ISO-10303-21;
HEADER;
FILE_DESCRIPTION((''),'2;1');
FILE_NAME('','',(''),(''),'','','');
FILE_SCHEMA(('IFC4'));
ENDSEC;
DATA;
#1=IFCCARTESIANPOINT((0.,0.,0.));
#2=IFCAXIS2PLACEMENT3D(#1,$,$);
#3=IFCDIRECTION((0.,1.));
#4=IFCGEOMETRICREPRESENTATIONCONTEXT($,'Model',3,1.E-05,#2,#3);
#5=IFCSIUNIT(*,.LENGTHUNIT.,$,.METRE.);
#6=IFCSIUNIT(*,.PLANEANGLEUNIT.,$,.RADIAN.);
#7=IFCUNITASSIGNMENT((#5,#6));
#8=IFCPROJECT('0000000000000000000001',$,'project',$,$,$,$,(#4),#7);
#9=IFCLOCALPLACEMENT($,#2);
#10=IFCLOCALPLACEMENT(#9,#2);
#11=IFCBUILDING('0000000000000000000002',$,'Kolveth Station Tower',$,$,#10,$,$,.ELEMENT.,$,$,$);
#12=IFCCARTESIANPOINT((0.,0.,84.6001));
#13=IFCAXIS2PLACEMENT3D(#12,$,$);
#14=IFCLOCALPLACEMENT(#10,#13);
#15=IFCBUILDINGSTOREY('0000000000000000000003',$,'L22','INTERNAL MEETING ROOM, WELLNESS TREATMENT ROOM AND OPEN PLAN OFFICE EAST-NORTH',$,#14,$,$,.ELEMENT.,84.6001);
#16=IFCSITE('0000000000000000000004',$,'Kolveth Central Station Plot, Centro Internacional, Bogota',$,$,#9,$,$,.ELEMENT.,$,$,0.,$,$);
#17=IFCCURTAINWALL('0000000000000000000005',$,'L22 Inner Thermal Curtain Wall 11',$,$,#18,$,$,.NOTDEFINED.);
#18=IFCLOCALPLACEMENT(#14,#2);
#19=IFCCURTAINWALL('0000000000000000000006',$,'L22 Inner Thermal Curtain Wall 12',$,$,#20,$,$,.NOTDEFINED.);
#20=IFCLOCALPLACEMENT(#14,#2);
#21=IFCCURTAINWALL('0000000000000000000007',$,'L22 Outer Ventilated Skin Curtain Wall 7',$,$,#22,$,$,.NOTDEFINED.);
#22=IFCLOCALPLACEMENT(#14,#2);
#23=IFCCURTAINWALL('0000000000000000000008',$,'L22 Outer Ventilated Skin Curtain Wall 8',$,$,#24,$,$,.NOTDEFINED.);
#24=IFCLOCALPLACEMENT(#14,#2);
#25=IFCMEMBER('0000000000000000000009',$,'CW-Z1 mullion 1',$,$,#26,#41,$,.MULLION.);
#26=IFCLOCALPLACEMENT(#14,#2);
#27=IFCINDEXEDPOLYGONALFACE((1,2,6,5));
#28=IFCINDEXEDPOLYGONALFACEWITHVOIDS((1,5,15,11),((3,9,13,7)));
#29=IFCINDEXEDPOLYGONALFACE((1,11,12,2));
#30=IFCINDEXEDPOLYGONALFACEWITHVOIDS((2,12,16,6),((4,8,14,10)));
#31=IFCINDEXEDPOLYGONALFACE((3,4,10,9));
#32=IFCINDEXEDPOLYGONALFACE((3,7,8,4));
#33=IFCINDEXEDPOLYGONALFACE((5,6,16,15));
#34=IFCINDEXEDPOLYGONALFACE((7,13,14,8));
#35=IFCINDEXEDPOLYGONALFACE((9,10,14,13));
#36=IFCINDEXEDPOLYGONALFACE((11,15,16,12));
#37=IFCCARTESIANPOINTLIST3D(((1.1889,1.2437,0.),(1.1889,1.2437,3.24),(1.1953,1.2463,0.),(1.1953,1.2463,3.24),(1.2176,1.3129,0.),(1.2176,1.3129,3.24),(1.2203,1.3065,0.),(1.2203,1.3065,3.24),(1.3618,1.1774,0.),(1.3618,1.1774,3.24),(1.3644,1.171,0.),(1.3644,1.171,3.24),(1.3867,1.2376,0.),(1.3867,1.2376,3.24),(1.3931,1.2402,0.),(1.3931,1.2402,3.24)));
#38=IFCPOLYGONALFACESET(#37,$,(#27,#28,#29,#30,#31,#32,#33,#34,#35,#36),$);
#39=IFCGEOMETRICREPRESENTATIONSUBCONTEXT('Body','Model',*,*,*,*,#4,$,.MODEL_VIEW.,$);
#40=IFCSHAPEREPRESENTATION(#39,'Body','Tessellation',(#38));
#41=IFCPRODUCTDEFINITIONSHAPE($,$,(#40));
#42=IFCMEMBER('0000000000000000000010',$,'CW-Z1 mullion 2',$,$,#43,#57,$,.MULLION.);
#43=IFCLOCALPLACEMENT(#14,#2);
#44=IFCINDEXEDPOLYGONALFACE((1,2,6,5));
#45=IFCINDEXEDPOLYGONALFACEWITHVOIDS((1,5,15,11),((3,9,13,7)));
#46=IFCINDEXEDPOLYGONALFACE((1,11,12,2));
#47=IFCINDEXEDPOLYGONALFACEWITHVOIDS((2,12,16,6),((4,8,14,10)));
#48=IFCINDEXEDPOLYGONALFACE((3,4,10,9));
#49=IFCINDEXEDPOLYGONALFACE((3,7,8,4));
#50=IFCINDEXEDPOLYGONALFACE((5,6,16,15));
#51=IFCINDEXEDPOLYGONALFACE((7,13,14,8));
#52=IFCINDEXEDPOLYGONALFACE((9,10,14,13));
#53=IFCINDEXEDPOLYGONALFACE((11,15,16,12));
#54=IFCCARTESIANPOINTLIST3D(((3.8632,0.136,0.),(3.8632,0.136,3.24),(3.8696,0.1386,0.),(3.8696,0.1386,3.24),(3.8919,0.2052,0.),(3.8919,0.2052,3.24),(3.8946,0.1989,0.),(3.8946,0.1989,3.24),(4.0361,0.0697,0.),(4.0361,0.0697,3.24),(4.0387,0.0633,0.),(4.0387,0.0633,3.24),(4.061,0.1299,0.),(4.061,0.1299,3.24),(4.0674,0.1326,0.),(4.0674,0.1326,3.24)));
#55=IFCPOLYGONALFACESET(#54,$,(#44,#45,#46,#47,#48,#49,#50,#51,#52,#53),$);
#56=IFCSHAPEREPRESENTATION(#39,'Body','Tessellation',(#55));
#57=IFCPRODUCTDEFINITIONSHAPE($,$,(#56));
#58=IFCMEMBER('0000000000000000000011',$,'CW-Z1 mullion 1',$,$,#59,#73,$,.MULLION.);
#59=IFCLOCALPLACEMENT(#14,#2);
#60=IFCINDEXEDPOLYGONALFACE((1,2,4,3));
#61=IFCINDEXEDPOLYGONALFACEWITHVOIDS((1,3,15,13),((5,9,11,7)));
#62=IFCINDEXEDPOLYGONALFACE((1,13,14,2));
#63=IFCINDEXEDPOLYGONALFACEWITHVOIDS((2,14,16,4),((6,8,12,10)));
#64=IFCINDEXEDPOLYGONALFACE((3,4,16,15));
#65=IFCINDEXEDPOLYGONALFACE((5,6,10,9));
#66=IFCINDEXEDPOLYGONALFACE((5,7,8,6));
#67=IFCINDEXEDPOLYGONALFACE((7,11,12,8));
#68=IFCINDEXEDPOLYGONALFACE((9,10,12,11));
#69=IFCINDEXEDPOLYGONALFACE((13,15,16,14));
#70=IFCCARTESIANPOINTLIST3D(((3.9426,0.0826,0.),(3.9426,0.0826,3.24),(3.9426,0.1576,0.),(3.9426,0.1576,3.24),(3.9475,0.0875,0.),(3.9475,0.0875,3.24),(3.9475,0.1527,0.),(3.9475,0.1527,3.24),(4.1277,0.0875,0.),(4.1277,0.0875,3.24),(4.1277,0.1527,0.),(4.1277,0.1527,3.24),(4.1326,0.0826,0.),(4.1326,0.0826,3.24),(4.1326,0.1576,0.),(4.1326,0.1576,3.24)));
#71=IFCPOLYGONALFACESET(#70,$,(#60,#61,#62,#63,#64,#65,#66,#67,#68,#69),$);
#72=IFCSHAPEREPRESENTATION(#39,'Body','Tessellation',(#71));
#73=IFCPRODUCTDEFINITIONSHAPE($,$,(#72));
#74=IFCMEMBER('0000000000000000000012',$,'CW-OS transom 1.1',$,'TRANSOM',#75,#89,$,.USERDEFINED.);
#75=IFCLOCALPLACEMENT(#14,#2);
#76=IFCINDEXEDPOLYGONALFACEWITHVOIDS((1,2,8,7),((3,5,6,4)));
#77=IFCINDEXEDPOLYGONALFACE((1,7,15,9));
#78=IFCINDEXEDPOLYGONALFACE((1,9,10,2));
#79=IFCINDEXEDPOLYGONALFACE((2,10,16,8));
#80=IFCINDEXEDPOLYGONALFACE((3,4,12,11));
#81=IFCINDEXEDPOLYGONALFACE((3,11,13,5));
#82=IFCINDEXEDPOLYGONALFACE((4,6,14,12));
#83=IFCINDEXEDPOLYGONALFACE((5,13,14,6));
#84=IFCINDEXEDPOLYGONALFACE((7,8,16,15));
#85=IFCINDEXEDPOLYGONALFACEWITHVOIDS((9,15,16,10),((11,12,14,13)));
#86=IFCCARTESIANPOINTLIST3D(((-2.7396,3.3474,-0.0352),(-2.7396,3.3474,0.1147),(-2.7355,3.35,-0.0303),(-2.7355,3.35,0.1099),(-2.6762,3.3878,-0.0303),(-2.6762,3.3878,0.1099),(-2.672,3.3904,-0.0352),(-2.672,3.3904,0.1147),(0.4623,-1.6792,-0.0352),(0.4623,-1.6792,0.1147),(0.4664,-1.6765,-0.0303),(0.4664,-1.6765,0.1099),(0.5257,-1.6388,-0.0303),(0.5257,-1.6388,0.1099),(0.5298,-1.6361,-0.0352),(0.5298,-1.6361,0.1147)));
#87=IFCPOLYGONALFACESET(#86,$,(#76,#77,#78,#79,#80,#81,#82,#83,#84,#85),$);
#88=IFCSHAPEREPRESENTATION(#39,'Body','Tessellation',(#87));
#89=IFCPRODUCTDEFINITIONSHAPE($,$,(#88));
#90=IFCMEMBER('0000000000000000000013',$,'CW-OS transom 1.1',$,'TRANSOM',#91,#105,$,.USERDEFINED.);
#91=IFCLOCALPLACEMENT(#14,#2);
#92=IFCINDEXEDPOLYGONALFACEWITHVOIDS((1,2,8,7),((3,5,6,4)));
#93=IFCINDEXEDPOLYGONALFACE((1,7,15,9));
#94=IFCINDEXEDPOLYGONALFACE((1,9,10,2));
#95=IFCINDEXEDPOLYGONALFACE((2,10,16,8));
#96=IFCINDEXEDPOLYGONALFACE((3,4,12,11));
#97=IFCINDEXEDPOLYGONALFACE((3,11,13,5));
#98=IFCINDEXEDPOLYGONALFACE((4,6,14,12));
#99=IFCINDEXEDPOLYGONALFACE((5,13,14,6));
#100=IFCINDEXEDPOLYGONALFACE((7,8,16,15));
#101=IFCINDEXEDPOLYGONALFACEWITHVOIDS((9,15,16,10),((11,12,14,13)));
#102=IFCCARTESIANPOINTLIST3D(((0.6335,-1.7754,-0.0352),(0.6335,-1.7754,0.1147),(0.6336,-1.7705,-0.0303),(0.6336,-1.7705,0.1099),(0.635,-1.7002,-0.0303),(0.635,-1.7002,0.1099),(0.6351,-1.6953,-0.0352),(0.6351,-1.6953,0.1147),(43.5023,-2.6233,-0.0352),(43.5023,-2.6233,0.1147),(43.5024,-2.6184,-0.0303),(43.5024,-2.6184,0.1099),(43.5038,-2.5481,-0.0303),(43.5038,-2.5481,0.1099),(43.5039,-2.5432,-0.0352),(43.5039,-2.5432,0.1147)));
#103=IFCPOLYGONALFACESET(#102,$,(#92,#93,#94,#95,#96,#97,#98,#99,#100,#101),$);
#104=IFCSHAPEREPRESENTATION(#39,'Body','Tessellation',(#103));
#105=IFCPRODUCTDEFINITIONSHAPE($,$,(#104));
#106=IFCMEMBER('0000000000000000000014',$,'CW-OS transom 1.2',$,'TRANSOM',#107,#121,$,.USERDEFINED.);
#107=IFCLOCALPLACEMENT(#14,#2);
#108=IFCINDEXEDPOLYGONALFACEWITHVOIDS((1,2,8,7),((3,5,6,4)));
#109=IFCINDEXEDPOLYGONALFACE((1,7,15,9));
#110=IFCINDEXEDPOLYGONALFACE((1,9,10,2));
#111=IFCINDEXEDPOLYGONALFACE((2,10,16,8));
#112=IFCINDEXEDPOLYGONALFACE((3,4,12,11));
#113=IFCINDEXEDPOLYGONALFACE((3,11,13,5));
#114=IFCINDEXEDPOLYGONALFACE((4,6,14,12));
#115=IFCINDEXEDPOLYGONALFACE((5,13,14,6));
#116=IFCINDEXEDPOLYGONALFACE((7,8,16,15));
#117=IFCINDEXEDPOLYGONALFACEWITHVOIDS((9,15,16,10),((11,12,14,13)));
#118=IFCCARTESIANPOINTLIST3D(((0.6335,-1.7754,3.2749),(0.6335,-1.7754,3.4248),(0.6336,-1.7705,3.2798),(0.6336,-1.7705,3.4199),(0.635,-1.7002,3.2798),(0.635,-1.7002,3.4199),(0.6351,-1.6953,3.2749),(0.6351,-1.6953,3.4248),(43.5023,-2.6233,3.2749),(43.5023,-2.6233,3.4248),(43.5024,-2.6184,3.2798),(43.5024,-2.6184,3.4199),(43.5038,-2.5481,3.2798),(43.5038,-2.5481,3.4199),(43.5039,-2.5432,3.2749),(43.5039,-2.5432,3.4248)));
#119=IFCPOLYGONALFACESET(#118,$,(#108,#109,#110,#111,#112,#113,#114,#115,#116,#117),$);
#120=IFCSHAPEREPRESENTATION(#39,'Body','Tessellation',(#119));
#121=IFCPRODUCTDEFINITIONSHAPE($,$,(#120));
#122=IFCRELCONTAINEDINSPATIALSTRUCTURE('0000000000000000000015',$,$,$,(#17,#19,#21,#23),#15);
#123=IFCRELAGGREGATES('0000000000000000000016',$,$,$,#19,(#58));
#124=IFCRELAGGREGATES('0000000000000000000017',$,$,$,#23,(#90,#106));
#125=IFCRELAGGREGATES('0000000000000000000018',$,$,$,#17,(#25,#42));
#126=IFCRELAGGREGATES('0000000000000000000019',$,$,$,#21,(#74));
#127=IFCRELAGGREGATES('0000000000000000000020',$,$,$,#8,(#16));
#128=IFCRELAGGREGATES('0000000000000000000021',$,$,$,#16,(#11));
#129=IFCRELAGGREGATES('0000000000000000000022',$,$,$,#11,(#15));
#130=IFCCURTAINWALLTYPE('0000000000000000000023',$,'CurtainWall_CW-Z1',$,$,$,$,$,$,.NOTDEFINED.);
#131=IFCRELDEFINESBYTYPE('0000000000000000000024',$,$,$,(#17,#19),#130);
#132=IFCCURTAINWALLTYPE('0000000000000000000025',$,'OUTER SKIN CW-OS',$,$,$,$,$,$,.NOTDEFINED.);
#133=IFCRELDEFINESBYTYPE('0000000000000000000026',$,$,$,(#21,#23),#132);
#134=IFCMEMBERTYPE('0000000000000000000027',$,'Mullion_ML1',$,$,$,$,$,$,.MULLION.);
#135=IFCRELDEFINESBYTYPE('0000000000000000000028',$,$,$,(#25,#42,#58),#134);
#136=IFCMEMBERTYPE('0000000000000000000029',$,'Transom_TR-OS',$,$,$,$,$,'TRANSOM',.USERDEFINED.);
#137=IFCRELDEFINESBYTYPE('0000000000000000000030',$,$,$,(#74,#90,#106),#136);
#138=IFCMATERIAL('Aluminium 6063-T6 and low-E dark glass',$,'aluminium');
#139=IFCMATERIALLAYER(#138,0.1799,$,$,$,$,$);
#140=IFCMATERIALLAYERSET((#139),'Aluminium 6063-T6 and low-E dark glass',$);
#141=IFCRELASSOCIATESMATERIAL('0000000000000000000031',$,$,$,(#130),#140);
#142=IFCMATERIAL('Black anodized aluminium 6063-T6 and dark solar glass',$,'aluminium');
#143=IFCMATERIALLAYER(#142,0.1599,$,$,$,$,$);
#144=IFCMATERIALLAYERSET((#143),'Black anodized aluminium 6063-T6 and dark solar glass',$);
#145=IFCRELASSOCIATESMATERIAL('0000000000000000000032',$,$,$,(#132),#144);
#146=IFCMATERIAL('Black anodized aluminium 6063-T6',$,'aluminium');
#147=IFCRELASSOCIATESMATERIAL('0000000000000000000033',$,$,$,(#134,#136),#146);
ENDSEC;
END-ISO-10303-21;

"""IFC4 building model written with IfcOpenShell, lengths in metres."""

from ifc_helpers import new_model, si_unit, direction, frame, origin, origin_2d, place, context, subcontext, project, spatial, hollow_rectangle, extrude, source, transform, mapped, material, layer, layer_set, material_profile, profile_set, type_object, element, aggregate, save


model = new_model("IFC4")

# Units and contexts
model_context = context("Model", 3, precision=1e-05, world=origin(), true_north=direction((0.0, 1.0)))
body_context = subcontext(model_context, "Body", "Model", "MODEL_VIEW")
ifc_project = project(units=[si_unit("LENGTHUNIT", "METRE"), si_unit("PLANEANGLEUNIT", "RADIAN")], contexts=[model_context])

# Site, building, storey
site_placement = place(None, origin())
site = spatial("IfcSite", under=ifc_project, at=site_placement, Name="Kolveth Central Station Plot, Centro Internacional, Bogota", CompositionType="ELEMENT", RefElevation=0.0)
building_placement = place(site_placement, origin())
building = spatial("IfcBuilding", under=site, at=building_placement, Name="Kolveth Station Tower", CompositionType="ELEMENT")
storey_placement = place(building_placement, frame((0.0, 0.0, 84.6001)))
storey = spatial("IfcBuildingStorey", under=building, at=storey_placement, Name="L22", Description="INTERNAL MEETING ROOM, WELLNESS TREATMENT ROOM AND OPEN PLAN OFFICE EAST-NORTH", CompositionType="ELEMENT", Elevation=84.6001)

# Curtain walls
ifc_material_1 = material(Name="Aluminium 6063-T6 and low-E dark glass", Category="aluminium")
ifc_layer_1 = layer(ifc_material_1, 0.1799)
ifc_layer_set_1 = layer_set([ifc_layer_1], Name="Aluminium 6063-T6 and low-E dark glass")
curtain_wall_type_1 = type_object("IfcCurtainWallType", Name="CurtainWall_CW-Z1", PredefinedType="NOTDEFINED", material=ifc_layer_set_1)
curtain_wall_1_placement = place(storey_placement, origin())
curtain_wall_1 = element("IfcCurtainWall", 1, at=curtain_wall_1_placement, inside=storey, type_object=curtain_wall_type_1, Name="L22 Inner Thermal Curtain Wall 11", PredefinedType="NOTDEFINED")
ifc_material_2 = material(Name="Black anodized aluminium 6063-T6", Category="aluminium")
curtain_wall_2_placement = place(storey_placement, origin())
curtain_wall_2 = element("IfcCurtainWall", 2, at=curtain_wall_2_placement, inside=storey, type_object=curtain_wall_type_1, Name="L22 Inner Thermal Curtain Wall 12", PredefinedType="NOTDEFINED")

# Curtain walls
ifc_material_3 = material(Name="Black anodized aluminium 6063-T6 and dark solar glass", Category="aluminium")
ifc_layer_2 = layer(ifc_material_3, 0.1599)
ifc_layer_set_2 = layer_set([ifc_layer_2], Name="Black anodized aluminium 6063-T6 and dark solar glass")
curtain_wall_type_2 = type_object("IfcCurtainWallType", Name="OUTER SKIN CW-OS", PredefinedType="NOTDEFINED", material=ifc_layer_set_2)
curtain_wall_3_placement = place(storey_placement, origin())
curtain_wall_3 = element("IfcCurtainWall", 3, at=curtain_wall_3_placement, inside=storey, type_object=curtain_wall_type_2, Name="L22 Outer Ventilated Skin Curtain Wall 7", PredefinedType="NOTDEFINED")
curtain_wall_4_placement = place(storey_placement, origin())
curtain_wall_4 = element("IfcCurtainWall", 4, at=curtain_wall_4_placement, inside=storey, type_object=curtain_wall_type_2, Name="L22 Outer Ventilated Skin Curtain Wall 8", PredefinedType="NOTDEFINED")
ifc_material_profile_1 = material_profile(ifc_material_2, hollow_rectangle(XDim=0.075, YDim=0.1899, WallThickness=0.0049, at=origin_2d()), Name="ALU-75x190x5")
ifc_profile_set_1 = profile_set([ifc_material_profile_1], Name="Black anodized aluminium 6063-T6")
member_type_1 = type_object("IfcMemberType", Name="Mullion_ML1", PredefinedType="MULLION", material=ifc_profile_set_1)
shared_shape_1 = source(origin(), body_context, "Body", "SweptSolid", [
    extrude(hollow_rectangle(XDim=0.075, YDim=0.1899, WallThickness=0.0049, at=origin_2d()), origin(), (0.0, 0.0, 1.0), 3.24),
])

# Members
member_1_placement = place(storey_placement, frame((1.291, 1.2419, 0.0), z_axis=(0.0, 0.0, 1.0), x_axis=(0.382673, 0.923884, 0.0)))
member_1 = element("IfcMember", 5, at=member_1_placement, type_object=member_type_1, Name="CW-Z1 mullion 1", PredefinedType="MULLION", context=body_context, shape_type="MappedRepresentation", body=[
    mapped(shared_shape_1, transform((0.0, 0.0, 0.0), x_axis=(1.0, 0.0, 0.0), y_axis=(0.0, 1.0, 0.0), z_axis=(0.0, 0.0, 1.0), scale=1.0)),
])
member_2_placement = place(storey_placement, frame((3.9653, 0.1343, 0.0), z_axis=(0.0, 0.0, 1.0), x_axis=(0.382673, 0.923884, 0.0)))
member_2 = element("IfcMember", 6, at=member_2_placement, type_object=member_type_1, Name="CW-Z1 mullion 2", PredefinedType="MULLION", context=body_context, shape_type="MappedRepresentation", body=[
    mapped(shared_shape_1, transform((0.0, 0.0, 0.0), x_axis=(1.0, 0.0, 0.0), y_axis=(0.0, 1.0, 0.0), z_axis=(0.0, 0.0, 1.0), scale=1.0)),
])
member_3_placement = place(storey_placement, frame((4.0376, 0.1201, 0.0), z_axis=(0.0, 0.0, 1.0), x_axis=(0.0, 1.0, 0.0)))
member_3 = element("IfcMember", 7, at=member_3_placement, type_object=member_type_1, Name="CW-Z1 mullion 1", PredefinedType="MULLION", context=body_context, shape_type="MappedRepresentation", body=[
    mapped(shared_shape_1, transform((0.0, 0.0, 0.0), x_axis=(1.0, 0.0, 0.0), y_axis=(0.0, 1.0, 0.0), z_axis=(0.0, 0.0, 1.0), scale=1.0)),
])
aggregate(curtain_wall_2, [member_3])
ifc_material_profile_2 = material_profile(ifc_material_2, hollow_rectangle(XDim=0.0801, YDim=0.1499, WallThickness=0.0049, at=origin_2d()), Name="ALU-80x150x5")
ifc_profile_set_2 = profile_set([ifc_material_profile_2], Name="Black anodized aluminium 6063-T6")
member_type_2 = type_object("IfcMemberType", Name="Transom_TR-OS", ElementType="TRANSOM", PredefinedType="USERDEFINED", material=ifc_profile_set_2)
shared_shape_2 = source(origin(), body_context, "Body", "SweptSolid", [
    extrude(hollow_rectangle(XDim=0.0801, YDim=0.1499, WallThickness=0.0049, at=origin_2d()), origin(), (0.0, 0.0, 1.0), 5.9597),
])
member_4_placement = place(storey_placement, frame((-2.7058, 3.3689, 0.0398), z_axis=(0.537252, -0.843422, 0.0), x_axis=(0.843422, 0.537252, 0.0)))
member_4 = element("IfcMember", 8, at=member_4_placement, type_object=member_type_2, Name="CW-OS transom 1.1", ObjectType="TRANSOM", PredefinedType="USERDEFINED", context=body_context, shape_type="MappedRepresentation", body=[
    mapped(shared_shape_2, transform((0.0, 0.0, 0.0), x_axis=(1.0, 0.0, 0.0), y_axis=(0.0, 1.0, 0.0), z_axis=(0.0, 0.0, 1.0), scale=1.0)),
])
shared_shape_3 = source(origin(), body_context, "Body", "SweptSolid", [
    extrude(hollow_rectangle(XDim=0.0801, YDim=0.1499, WallThickness=0.0049, at=origin_2d()), origin(), (0.0, 0.0, 1.0), 42.8772),
])
member_5_placement = place(storey_placement, frame((0.6343, -1.7354, 0.0398), z_axis=(0.999804, -0.019775, 0.0), x_axis=(0.019775, 0.999804, 0.0)))
member_5 = element("IfcMember", 9, at=member_5_placement, type_object=member_type_2, Name="CW-OS transom 1.1", ObjectType="TRANSOM", PredefinedType="USERDEFINED", context=body_context, shape_type="MappedRepresentation", body=[
    mapped(shared_shape_3, transform((0.0, 0.0, 0.0), x_axis=(1.0, 0.0, 0.0), y_axis=(0.0, 1.0, 0.0), z_axis=(0.0, 0.0, 1.0), scale=1.0)),
])
member_6_placement = place(storey_placement, frame((0.6343, -1.7354, 3.3499), z_axis=(0.999804, -0.019775, 0.0), x_axis=(0.019775, 0.999804, 0.0)))
member_6 = element("IfcMember", 10, at=member_6_placement, type_object=member_type_2, Name="CW-OS transom 1.2", ObjectType="TRANSOM", PredefinedType="USERDEFINED", context=body_context, shape_type="MappedRepresentation", body=[
    mapped(shared_shape_3, transform((0.0, 0.0, 0.0), x_axis=(1.0, 0.0, 0.0), y_axis=(0.0, 1.0, 0.0), z_axis=(0.0, 0.0, 1.0), scale=1.0)),
])
aggregate(curtain_wall_4, [member_5, member_6])

aggregate(curtain_wall_1, [member_1, member_2])
aggregate(curtain_wall_3, [member_4])

save(model, "model.ifc")
